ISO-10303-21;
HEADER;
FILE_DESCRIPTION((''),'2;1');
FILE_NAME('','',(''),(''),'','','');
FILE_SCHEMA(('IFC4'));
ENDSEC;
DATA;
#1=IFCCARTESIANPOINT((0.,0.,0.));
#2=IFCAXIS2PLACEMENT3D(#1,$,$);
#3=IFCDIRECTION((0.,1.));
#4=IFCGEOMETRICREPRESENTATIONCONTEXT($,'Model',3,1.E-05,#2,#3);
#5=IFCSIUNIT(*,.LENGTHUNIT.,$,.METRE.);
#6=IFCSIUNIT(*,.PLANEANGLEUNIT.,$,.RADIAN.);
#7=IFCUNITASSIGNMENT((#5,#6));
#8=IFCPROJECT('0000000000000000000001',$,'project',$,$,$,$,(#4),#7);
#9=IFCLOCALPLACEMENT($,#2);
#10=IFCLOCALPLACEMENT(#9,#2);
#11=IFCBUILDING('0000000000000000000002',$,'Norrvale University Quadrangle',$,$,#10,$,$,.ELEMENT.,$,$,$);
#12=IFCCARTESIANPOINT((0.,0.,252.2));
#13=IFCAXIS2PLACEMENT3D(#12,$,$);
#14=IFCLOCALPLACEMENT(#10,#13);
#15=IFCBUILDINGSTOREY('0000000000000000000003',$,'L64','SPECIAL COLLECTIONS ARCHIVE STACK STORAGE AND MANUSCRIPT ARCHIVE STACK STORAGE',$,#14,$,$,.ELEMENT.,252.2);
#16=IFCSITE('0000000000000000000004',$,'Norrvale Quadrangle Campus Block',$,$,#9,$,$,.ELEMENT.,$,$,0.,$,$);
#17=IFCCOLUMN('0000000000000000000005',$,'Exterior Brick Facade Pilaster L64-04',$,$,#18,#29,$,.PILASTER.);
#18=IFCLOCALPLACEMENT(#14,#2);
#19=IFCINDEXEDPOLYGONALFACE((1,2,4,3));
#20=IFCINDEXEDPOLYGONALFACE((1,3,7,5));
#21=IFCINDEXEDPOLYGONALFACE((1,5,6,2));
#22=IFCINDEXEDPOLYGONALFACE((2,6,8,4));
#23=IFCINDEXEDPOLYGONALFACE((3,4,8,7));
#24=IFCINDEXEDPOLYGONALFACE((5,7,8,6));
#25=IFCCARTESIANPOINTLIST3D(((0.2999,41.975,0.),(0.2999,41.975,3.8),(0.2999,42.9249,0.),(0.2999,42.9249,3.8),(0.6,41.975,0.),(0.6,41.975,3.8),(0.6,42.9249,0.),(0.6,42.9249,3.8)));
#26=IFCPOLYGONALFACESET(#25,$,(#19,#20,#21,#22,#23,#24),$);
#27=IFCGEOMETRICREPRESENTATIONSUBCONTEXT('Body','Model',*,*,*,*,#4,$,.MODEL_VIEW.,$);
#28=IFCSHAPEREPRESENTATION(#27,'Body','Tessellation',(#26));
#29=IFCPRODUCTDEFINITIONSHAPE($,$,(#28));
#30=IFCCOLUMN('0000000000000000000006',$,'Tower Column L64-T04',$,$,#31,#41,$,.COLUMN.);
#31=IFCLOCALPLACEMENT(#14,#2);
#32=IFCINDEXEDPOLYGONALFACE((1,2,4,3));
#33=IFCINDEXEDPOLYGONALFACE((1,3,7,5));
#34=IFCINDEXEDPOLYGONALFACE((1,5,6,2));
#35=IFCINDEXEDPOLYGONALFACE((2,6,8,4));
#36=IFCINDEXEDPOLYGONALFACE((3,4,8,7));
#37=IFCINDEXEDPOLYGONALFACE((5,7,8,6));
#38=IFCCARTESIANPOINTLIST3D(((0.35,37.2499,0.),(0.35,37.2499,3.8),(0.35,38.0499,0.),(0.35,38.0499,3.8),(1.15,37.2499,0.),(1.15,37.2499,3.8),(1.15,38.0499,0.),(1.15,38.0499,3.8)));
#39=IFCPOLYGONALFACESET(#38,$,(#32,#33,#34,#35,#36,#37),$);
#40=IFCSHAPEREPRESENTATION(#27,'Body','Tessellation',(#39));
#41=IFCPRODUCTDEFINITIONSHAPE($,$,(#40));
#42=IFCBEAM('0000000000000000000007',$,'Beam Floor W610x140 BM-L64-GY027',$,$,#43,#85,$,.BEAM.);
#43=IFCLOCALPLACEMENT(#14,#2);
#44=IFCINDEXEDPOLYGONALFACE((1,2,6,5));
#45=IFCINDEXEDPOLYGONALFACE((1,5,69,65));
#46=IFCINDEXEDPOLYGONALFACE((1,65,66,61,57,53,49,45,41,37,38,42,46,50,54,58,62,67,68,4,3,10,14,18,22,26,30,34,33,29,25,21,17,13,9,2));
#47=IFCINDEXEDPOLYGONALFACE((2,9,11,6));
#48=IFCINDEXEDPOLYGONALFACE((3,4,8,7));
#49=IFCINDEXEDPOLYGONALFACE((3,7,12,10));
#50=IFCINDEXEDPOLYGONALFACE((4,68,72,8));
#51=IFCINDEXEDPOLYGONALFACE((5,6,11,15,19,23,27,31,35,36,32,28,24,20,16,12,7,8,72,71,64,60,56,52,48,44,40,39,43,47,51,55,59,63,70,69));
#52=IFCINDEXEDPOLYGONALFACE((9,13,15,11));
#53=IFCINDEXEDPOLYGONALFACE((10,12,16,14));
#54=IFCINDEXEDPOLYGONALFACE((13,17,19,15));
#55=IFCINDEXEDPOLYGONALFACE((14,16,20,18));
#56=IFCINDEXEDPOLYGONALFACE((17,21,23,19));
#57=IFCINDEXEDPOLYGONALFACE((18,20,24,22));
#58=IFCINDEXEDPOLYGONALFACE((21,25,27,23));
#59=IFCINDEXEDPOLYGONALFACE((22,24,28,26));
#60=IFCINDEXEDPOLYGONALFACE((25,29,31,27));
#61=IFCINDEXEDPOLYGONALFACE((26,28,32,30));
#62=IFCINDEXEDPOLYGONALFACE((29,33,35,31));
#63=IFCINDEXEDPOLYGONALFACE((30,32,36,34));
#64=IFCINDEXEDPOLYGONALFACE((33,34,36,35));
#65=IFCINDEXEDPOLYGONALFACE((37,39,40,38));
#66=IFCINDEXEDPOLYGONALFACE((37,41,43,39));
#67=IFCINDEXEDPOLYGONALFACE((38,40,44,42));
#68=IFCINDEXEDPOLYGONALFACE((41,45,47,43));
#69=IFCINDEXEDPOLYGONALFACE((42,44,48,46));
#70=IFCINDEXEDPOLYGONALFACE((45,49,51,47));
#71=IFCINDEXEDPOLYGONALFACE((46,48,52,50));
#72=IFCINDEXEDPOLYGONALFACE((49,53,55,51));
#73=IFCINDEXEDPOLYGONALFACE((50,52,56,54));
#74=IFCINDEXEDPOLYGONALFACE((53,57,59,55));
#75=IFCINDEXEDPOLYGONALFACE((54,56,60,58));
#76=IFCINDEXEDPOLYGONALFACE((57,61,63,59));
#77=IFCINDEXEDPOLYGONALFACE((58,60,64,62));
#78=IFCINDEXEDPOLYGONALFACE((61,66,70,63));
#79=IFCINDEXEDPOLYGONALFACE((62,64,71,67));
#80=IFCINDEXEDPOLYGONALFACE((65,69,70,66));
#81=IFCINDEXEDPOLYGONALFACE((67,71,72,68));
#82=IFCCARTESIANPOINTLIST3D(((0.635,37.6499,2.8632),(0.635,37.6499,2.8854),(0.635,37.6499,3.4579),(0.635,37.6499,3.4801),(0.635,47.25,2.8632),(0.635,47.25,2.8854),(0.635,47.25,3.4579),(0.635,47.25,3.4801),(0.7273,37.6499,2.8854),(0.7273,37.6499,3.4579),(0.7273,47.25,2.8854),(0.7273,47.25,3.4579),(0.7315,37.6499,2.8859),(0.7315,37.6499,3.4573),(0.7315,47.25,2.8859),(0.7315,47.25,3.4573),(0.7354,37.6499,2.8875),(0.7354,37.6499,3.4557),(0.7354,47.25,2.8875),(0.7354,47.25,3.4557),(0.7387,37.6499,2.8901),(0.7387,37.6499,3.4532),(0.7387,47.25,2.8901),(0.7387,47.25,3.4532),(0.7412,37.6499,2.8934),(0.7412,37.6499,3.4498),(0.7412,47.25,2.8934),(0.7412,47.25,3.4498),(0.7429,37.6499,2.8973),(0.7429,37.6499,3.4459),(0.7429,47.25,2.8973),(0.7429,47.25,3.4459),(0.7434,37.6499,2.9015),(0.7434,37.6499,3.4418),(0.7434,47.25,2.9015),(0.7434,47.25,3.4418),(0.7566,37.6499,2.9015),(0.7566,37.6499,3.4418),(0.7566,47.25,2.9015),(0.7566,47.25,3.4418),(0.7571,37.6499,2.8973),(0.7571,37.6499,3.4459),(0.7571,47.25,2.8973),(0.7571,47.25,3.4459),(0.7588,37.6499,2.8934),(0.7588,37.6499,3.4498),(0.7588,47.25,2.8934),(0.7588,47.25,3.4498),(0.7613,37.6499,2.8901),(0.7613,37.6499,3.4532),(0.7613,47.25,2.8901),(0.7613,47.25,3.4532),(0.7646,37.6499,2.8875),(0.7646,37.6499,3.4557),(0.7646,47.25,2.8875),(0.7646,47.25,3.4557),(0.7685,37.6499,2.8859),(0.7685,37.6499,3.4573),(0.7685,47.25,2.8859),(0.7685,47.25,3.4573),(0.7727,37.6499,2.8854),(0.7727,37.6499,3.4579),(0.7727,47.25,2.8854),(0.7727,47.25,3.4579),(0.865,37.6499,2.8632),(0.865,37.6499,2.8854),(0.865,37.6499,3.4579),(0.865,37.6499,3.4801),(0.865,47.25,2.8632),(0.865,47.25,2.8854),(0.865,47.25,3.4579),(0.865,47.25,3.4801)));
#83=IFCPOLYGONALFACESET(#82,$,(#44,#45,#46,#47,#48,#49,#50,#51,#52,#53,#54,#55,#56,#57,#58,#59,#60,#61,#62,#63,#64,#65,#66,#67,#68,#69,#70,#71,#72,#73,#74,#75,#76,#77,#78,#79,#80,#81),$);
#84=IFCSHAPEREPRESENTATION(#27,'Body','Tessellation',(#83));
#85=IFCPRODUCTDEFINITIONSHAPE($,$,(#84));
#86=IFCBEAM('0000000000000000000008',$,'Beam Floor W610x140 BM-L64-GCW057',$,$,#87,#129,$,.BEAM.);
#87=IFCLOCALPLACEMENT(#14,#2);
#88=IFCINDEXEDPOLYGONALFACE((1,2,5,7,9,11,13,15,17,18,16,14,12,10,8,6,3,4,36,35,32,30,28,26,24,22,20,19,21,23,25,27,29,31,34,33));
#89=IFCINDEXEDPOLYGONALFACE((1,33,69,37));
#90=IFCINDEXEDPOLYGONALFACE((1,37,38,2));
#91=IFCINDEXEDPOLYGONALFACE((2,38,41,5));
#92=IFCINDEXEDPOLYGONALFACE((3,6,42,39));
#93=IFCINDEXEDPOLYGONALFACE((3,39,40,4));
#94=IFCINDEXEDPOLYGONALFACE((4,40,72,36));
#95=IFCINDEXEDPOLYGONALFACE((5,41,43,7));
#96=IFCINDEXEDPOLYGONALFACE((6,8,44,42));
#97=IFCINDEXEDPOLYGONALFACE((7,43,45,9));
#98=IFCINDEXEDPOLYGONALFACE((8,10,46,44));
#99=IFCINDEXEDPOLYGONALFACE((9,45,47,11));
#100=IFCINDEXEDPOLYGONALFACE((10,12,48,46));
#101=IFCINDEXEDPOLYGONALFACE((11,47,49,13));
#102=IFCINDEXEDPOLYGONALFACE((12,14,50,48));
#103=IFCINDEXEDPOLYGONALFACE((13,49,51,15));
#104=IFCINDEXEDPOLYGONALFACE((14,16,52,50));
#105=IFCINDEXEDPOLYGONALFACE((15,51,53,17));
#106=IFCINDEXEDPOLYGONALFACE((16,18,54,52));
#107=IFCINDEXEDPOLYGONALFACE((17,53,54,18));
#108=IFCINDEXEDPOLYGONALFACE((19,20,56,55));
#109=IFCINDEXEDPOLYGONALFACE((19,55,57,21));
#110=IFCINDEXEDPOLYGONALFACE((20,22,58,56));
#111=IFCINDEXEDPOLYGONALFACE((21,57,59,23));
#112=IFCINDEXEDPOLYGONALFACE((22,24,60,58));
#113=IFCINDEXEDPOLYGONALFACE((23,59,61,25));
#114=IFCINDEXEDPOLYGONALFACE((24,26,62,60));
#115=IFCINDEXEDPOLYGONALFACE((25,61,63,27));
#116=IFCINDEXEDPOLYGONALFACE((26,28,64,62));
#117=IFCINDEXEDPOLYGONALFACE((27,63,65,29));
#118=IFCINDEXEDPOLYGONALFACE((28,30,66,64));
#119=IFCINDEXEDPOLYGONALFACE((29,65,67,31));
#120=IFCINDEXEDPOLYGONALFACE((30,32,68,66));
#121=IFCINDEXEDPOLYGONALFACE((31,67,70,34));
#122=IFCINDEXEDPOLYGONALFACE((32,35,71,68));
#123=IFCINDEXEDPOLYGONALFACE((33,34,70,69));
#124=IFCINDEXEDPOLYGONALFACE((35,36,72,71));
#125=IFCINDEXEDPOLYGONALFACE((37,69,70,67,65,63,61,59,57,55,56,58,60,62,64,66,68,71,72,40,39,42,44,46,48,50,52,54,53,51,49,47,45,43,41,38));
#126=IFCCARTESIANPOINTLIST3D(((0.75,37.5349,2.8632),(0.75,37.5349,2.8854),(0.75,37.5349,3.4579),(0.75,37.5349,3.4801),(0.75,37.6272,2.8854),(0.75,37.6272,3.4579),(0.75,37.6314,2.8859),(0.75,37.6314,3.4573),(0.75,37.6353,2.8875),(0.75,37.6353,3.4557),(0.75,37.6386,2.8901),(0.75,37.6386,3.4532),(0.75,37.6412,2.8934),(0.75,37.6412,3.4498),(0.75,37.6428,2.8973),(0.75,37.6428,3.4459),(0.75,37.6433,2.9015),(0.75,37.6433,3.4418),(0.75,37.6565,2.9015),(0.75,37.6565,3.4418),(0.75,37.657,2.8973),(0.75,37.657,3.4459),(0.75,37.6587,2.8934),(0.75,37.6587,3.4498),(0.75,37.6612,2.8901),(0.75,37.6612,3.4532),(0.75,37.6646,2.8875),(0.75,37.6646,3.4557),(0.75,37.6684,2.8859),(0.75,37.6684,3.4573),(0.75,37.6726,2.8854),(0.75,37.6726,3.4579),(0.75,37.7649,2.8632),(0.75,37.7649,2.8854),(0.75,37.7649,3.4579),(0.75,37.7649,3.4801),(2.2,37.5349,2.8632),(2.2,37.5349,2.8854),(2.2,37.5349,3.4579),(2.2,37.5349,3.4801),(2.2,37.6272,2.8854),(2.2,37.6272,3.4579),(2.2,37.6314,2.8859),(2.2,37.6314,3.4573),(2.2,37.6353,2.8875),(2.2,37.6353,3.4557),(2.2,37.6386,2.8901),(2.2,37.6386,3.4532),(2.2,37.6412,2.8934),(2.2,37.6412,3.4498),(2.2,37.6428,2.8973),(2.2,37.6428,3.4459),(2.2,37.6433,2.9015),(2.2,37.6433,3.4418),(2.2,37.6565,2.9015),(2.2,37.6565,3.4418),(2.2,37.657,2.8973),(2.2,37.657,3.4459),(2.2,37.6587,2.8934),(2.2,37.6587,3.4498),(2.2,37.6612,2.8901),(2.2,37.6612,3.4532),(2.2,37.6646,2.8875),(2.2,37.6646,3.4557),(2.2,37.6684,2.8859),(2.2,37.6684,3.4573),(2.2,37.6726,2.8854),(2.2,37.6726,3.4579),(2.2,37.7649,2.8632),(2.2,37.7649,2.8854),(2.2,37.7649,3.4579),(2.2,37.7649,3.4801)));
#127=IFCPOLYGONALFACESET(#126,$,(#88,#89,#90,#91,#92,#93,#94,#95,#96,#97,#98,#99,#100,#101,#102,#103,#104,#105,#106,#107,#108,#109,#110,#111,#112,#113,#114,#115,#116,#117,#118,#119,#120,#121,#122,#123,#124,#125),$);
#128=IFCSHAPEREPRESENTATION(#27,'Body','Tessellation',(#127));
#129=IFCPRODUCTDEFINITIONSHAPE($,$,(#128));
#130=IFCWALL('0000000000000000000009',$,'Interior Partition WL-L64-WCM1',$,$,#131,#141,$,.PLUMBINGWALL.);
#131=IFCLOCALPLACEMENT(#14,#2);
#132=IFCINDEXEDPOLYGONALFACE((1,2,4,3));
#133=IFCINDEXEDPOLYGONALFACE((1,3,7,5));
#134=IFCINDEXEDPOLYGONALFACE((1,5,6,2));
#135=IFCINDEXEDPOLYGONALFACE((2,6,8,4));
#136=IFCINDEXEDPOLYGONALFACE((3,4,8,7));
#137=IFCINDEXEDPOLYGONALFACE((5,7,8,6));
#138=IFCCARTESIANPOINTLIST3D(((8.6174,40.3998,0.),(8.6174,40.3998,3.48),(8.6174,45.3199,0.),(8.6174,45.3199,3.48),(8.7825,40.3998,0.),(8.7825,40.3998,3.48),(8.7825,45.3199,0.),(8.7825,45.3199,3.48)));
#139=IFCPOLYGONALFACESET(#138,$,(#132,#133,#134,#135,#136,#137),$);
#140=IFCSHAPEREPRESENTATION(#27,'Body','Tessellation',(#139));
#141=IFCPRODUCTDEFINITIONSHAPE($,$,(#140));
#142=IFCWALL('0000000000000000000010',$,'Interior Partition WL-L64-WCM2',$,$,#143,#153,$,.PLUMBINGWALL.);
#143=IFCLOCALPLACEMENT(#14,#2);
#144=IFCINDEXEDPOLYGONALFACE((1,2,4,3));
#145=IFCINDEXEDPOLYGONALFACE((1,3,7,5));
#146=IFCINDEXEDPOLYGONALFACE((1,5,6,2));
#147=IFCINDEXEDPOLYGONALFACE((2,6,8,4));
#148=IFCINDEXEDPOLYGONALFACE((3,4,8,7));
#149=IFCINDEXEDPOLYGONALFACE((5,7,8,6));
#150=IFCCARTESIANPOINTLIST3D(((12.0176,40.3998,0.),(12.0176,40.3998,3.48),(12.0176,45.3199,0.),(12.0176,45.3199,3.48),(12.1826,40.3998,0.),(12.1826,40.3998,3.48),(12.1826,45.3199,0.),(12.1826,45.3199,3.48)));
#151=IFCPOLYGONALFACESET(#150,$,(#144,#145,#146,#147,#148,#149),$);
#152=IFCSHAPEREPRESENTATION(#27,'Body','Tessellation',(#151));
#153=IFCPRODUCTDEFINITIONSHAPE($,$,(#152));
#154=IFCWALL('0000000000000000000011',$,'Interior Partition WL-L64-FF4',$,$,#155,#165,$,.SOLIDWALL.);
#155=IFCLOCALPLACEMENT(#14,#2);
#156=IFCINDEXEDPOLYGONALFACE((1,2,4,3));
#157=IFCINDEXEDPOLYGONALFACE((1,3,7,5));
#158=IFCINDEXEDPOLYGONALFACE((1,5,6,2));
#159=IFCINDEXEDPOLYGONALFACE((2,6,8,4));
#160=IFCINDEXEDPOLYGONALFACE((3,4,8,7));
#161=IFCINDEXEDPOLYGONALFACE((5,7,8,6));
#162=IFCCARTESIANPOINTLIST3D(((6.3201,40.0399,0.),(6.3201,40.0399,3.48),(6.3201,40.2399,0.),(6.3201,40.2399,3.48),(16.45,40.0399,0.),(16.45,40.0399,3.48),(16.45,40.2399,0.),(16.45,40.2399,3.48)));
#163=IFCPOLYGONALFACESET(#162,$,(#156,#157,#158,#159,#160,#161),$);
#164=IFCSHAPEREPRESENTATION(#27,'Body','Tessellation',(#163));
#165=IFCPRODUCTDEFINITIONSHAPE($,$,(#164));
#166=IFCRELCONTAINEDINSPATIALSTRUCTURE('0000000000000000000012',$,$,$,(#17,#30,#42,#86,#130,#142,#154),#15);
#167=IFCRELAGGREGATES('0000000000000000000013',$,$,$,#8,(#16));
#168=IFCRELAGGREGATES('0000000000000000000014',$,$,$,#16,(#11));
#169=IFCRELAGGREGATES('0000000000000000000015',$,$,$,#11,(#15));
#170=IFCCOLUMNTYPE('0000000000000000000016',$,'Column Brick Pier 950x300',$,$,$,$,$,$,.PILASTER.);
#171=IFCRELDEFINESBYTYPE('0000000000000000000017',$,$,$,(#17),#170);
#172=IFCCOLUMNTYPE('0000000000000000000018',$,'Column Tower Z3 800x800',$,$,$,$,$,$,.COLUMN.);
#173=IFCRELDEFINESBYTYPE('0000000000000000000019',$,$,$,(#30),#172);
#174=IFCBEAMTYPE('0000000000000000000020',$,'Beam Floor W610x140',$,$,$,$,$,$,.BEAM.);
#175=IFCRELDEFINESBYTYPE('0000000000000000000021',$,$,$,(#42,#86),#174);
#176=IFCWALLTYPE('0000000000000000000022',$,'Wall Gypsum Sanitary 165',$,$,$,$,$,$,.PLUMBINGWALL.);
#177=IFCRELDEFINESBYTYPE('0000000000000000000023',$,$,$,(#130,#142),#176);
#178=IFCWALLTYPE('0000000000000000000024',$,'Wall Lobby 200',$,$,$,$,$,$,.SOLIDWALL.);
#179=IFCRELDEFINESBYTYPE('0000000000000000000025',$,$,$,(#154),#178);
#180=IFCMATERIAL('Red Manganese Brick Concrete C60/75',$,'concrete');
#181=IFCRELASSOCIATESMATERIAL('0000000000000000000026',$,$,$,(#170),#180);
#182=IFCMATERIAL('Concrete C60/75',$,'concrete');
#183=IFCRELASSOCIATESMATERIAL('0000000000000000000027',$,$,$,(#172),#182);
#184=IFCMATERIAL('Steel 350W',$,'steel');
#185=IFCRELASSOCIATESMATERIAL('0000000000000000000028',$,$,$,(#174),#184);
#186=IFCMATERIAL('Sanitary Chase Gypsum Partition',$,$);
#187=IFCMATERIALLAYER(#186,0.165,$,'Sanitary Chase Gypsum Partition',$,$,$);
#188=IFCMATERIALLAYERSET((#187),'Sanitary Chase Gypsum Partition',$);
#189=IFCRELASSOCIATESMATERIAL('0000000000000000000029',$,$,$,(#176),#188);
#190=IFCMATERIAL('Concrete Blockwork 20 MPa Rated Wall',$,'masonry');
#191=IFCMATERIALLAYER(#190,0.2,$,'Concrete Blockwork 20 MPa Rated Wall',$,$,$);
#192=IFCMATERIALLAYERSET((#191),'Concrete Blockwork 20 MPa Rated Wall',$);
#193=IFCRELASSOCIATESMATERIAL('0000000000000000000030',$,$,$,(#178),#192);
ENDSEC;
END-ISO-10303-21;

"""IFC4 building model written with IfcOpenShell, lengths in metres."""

from ifc_helpers import new_model, si_unit, direction, frame, frame_2d, origin, origin_2d, place, context, subcontext, project, spatial, rectangle, i_section, extrude, material, layer, layer_set, material_profile, profile_set, type_object, element, save


model = new_model("IFC4")

# Units and contexts
model_context = context("Model", 3, precision=1e-05, world=origin(), true_north=direction((0.0, 1.0)))
body_context = subcontext(model_context, "Body", "Model", "MODEL_VIEW")
ifc_project = project(units=[si_unit("LENGTHUNIT", "METRE"), si_unit("PLANEANGLEUNIT", "RADIAN")], contexts=[model_context])

# Site, building, storey
site_placement = place(None, origin())
site = spatial("IfcSite", under=ifc_project, at=site_placement, Name="Norrvale Quadrangle Campus Block", CompositionType="ELEMENT", RefElevation=0.0)
building_placement = place(site_placement, origin())
building = spatial("IfcBuilding", under=site, at=building_placement, Name="Norrvale University Quadrangle", CompositionType="ELEMENT")
storey_placement = place(building_placement, frame((0.0, 0.0, 252.2)))
storey = spatial("IfcBuildingStorey", under=building, at=storey_placement, Name="L64", Description="SPECIAL COLLECTIONS ARCHIVE STACK STORAGE AND MANUSCRIPT ARCHIVE STACK STORAGE", CompositionType="ELEMENT", Elevation=252.2)

# Columns
ifc_material_1 = material(Name="Red Manganese Brick Concrete C60/75", Category="concrete")
ifc_material_profile_1 = material_profile(ifc_material_1, rectangle(XDim=0.95, YDim=0.3, at=origin_2d()), Name="Red Manganese Brick Concrete C60/75")
ifc_profile_set_1 = profile_set([ifc_material_profile_1], Name="Red Manganese Brick Concrete C60/75")
column_type_1 = type_object("IfcColumnType", Name="Column Brick Pier 950x300", PredefinedType="PILASTER", material=ifc_profile_set_1)
column_1_placement = place(storey_placement, frame((0.45, 42.45, 0.0), z_axis=(0.0, 0.0, 1.0), x_axis=(0.0, 1.0, 0.0)))
element("IfcColumn", 1, at=column_1_placement, inside=storey, type_object=column_type_1, Name="Exterior Brick Facade Pilaster L64-04", PredefinedType="PILASTER", context=body_context, shape_type="SweptSolid", body=[
    extrude(rectangle(XDim=0.95, YDim=0.3, at=origin_2d()), origin(), (0.0, 0.0, 1.0), 3.8),
])
ifc_material_2 = material(Name="Concrete C60/75", Category="concrete")
ifc_material_profile_2 = material_profile(ifc_material_2, rectangle(XDim=0.8, YDim=0.8, at=origin_2d()), Name="Concrete C60/75")
ifc_profile_set_2 = profile_set([ifc_material_profile_2], Name="Concrete C60/75")
column_type_2 = type_object("IfcColumnType", Name="Column Tower Z3 800x800", PredefinedType="COLUMN", material=ifc_profile_set_2)
column_2_placement = place(storey_placement, frame((0.75, 37.6499, 0.0), z_axis=(0.0, 0.0, 1.0), x_axis=(1.0, 0.0, 0.0)))
element("IfcColumn", 2, at=column_2_placement, inside=storey, type_object=column_type_2, Name="Tower Column L64-T04", PredefinedType="COLUMN", context=body_context, shape_type="SweptSolid", body=[
    extrude(rectangle(XDim=0.8, YDim=0.8, at=origin_2d()), origin(), (0.0, 0.0, 1.0), 3.8),
])

# Beams
ifc_material_3 = material(Name="Steel 350W", Category="steel")
ifc_material_profile_3 = material_profile(ifc_material_3, i_section(OverallWidth=0.23, OverallDepth=0.6169, WebThickness=0.0132, FlangeThickness=0.0222, FilletRadius=0.0161, at=origin_2d()), Name="Steel 350W")
ifc_profile_set_3 = profile_set([ifc_material_profile_3], Name="Steel 350W")
beam_type = type_object("IfcBeamType", Name="Beam Floor W610x140", PredefinedType="BEAM", material=ifc_profile_set_3)
beam_1_placement = place(storey_placement, frame((0.75, 37.6499, 3.1716), z_axis=(0.0, 1.0, 0.0), x_axis=(-1.0, 0.0, 0.0)))
element("IfcBeam", 3, at=beam_1_placement, inside=storey, type_object=beam_type, Name="Beam Floor W610x140 BM-L64-GY027", PredefinedType="BEAM", context=body_context, shape_type="SweptSolid", body=[
    extrude(i_section(OverallWidth=0.23, OverallDepth=0.6169, WebThickness=0.0132, FlangeThickness=0.0222, FilletRadius=0.0161, at=origin_2d()), origin(), (0.0, 0.0, 1.0), 9.6001),
])
beam_2_placement = place(storey_placement, frame((0.75, 37.6499, 3.1716), z_axis=(1.0, 0.0, 0.0), x_axis=(0.0, 1.0, 0.0)))
element("IfcBeam", 4, at=beam_2_placement, inside=storey, type_object=beam_type, Name="Beam Floor W610x140 BM-L64-GCW057", PredefinedType="BEAM", context=body_context, shape_type="SweptSolid", body=[
    extrude(i_section(OverallWidth=0.23, OverallDepth=0.6169, WebThickness=0.0132, FlangeThickness=0.0222, FilletRadius=0.0161, at=origin_2d()), origin(), (0.0, 0.0, 1.0), 1.45),
])

# Walls
ifc_material_4 = material(Name="Sanitary Chase Gypsum Partition")
ifc_layer_1 = layer(ifc_material_4, 0.165, Name="Sanitary Chase Gypsum Partition")
ifc_layer_set_1 = layer_set([ifc_layer_1], Name="Sanitary Chase Gypsum Partition")
wall_type_1 = type_object("IfcWallType", Name="Wall Gypsum Sanitary 165", PredefinedType="PLUMBINGWALL", material=ifc_layer_set_1)
for number, where, z_axis, x_axis, name in (
    (5, (8.7, 40.3999, 0.0), (0.0, 0.0, 1.0), (0.0, 1.0, 0.0), "Interior Partition WL-L64-WCM1"),
    (6, (12.1001, 40.3999, 0.0), (0.0, 0.0, 1.0), (0.0, 1.0, 0.0), "Interior Partition WL-L64-WCM2"),
):
    element("IfcWall", number, at=place(storey_placement, frame(where, z_axis=z_axis, x_axis=x_axis)), inside=storey, type_object=wall_type_1, Name=name, PredefinedType="PLUMBINGWALL", context=body_context, shape_type="SweptSolid", body=[
        extrude(rectangle(XDim=4.9202, YDim=0.165, at=frame_2d((2.46, 0.0))), origin(), (0.0, 0.0, 1.0), 3.48),
    ])
ifc_material_5 = material(Name="Concrete Blockwork 20 MPa Rated Wall", Category="masonry")
ifc_layer_2 = layer(ifc_material_5, 0.2, Name="Concrete Blockwork 20 MPa Rated Wall")
ifc_layer_set_2 = layer_set([ifc_layer_2], Name="Concrete Blockwork 20 MPa Rated Wall")
wall_type_2 = type_object("IfcWallType", Name="Wall Lobby 200", PredefinedType="SOLIDWALL", material=ifc_layer_set_2)
wall_1_placement = place(storey_placement, frame((6.3201, 40.1399, 0.0), z_axis=(0.0, 0.0, 1.0), x_axis=(1.0, 0.0, 0.0)))
element("IfcWall", 7, at=wall_1_placement, inside=storey, type_object=wall_type_2, Name="Interior Partition WL-L64-FF4", PredefinedType="SOLIDWALL", context=body_context, shape_type="SweptSolid", body=[
    extrude(rectangle(XDim=10.1299, YDim=0.2, at=frame_2d((5.0649, 0.0))), origin(), (0.0, 0.0, 1.0), 3.48),
])

save(model, "model.ifc")
